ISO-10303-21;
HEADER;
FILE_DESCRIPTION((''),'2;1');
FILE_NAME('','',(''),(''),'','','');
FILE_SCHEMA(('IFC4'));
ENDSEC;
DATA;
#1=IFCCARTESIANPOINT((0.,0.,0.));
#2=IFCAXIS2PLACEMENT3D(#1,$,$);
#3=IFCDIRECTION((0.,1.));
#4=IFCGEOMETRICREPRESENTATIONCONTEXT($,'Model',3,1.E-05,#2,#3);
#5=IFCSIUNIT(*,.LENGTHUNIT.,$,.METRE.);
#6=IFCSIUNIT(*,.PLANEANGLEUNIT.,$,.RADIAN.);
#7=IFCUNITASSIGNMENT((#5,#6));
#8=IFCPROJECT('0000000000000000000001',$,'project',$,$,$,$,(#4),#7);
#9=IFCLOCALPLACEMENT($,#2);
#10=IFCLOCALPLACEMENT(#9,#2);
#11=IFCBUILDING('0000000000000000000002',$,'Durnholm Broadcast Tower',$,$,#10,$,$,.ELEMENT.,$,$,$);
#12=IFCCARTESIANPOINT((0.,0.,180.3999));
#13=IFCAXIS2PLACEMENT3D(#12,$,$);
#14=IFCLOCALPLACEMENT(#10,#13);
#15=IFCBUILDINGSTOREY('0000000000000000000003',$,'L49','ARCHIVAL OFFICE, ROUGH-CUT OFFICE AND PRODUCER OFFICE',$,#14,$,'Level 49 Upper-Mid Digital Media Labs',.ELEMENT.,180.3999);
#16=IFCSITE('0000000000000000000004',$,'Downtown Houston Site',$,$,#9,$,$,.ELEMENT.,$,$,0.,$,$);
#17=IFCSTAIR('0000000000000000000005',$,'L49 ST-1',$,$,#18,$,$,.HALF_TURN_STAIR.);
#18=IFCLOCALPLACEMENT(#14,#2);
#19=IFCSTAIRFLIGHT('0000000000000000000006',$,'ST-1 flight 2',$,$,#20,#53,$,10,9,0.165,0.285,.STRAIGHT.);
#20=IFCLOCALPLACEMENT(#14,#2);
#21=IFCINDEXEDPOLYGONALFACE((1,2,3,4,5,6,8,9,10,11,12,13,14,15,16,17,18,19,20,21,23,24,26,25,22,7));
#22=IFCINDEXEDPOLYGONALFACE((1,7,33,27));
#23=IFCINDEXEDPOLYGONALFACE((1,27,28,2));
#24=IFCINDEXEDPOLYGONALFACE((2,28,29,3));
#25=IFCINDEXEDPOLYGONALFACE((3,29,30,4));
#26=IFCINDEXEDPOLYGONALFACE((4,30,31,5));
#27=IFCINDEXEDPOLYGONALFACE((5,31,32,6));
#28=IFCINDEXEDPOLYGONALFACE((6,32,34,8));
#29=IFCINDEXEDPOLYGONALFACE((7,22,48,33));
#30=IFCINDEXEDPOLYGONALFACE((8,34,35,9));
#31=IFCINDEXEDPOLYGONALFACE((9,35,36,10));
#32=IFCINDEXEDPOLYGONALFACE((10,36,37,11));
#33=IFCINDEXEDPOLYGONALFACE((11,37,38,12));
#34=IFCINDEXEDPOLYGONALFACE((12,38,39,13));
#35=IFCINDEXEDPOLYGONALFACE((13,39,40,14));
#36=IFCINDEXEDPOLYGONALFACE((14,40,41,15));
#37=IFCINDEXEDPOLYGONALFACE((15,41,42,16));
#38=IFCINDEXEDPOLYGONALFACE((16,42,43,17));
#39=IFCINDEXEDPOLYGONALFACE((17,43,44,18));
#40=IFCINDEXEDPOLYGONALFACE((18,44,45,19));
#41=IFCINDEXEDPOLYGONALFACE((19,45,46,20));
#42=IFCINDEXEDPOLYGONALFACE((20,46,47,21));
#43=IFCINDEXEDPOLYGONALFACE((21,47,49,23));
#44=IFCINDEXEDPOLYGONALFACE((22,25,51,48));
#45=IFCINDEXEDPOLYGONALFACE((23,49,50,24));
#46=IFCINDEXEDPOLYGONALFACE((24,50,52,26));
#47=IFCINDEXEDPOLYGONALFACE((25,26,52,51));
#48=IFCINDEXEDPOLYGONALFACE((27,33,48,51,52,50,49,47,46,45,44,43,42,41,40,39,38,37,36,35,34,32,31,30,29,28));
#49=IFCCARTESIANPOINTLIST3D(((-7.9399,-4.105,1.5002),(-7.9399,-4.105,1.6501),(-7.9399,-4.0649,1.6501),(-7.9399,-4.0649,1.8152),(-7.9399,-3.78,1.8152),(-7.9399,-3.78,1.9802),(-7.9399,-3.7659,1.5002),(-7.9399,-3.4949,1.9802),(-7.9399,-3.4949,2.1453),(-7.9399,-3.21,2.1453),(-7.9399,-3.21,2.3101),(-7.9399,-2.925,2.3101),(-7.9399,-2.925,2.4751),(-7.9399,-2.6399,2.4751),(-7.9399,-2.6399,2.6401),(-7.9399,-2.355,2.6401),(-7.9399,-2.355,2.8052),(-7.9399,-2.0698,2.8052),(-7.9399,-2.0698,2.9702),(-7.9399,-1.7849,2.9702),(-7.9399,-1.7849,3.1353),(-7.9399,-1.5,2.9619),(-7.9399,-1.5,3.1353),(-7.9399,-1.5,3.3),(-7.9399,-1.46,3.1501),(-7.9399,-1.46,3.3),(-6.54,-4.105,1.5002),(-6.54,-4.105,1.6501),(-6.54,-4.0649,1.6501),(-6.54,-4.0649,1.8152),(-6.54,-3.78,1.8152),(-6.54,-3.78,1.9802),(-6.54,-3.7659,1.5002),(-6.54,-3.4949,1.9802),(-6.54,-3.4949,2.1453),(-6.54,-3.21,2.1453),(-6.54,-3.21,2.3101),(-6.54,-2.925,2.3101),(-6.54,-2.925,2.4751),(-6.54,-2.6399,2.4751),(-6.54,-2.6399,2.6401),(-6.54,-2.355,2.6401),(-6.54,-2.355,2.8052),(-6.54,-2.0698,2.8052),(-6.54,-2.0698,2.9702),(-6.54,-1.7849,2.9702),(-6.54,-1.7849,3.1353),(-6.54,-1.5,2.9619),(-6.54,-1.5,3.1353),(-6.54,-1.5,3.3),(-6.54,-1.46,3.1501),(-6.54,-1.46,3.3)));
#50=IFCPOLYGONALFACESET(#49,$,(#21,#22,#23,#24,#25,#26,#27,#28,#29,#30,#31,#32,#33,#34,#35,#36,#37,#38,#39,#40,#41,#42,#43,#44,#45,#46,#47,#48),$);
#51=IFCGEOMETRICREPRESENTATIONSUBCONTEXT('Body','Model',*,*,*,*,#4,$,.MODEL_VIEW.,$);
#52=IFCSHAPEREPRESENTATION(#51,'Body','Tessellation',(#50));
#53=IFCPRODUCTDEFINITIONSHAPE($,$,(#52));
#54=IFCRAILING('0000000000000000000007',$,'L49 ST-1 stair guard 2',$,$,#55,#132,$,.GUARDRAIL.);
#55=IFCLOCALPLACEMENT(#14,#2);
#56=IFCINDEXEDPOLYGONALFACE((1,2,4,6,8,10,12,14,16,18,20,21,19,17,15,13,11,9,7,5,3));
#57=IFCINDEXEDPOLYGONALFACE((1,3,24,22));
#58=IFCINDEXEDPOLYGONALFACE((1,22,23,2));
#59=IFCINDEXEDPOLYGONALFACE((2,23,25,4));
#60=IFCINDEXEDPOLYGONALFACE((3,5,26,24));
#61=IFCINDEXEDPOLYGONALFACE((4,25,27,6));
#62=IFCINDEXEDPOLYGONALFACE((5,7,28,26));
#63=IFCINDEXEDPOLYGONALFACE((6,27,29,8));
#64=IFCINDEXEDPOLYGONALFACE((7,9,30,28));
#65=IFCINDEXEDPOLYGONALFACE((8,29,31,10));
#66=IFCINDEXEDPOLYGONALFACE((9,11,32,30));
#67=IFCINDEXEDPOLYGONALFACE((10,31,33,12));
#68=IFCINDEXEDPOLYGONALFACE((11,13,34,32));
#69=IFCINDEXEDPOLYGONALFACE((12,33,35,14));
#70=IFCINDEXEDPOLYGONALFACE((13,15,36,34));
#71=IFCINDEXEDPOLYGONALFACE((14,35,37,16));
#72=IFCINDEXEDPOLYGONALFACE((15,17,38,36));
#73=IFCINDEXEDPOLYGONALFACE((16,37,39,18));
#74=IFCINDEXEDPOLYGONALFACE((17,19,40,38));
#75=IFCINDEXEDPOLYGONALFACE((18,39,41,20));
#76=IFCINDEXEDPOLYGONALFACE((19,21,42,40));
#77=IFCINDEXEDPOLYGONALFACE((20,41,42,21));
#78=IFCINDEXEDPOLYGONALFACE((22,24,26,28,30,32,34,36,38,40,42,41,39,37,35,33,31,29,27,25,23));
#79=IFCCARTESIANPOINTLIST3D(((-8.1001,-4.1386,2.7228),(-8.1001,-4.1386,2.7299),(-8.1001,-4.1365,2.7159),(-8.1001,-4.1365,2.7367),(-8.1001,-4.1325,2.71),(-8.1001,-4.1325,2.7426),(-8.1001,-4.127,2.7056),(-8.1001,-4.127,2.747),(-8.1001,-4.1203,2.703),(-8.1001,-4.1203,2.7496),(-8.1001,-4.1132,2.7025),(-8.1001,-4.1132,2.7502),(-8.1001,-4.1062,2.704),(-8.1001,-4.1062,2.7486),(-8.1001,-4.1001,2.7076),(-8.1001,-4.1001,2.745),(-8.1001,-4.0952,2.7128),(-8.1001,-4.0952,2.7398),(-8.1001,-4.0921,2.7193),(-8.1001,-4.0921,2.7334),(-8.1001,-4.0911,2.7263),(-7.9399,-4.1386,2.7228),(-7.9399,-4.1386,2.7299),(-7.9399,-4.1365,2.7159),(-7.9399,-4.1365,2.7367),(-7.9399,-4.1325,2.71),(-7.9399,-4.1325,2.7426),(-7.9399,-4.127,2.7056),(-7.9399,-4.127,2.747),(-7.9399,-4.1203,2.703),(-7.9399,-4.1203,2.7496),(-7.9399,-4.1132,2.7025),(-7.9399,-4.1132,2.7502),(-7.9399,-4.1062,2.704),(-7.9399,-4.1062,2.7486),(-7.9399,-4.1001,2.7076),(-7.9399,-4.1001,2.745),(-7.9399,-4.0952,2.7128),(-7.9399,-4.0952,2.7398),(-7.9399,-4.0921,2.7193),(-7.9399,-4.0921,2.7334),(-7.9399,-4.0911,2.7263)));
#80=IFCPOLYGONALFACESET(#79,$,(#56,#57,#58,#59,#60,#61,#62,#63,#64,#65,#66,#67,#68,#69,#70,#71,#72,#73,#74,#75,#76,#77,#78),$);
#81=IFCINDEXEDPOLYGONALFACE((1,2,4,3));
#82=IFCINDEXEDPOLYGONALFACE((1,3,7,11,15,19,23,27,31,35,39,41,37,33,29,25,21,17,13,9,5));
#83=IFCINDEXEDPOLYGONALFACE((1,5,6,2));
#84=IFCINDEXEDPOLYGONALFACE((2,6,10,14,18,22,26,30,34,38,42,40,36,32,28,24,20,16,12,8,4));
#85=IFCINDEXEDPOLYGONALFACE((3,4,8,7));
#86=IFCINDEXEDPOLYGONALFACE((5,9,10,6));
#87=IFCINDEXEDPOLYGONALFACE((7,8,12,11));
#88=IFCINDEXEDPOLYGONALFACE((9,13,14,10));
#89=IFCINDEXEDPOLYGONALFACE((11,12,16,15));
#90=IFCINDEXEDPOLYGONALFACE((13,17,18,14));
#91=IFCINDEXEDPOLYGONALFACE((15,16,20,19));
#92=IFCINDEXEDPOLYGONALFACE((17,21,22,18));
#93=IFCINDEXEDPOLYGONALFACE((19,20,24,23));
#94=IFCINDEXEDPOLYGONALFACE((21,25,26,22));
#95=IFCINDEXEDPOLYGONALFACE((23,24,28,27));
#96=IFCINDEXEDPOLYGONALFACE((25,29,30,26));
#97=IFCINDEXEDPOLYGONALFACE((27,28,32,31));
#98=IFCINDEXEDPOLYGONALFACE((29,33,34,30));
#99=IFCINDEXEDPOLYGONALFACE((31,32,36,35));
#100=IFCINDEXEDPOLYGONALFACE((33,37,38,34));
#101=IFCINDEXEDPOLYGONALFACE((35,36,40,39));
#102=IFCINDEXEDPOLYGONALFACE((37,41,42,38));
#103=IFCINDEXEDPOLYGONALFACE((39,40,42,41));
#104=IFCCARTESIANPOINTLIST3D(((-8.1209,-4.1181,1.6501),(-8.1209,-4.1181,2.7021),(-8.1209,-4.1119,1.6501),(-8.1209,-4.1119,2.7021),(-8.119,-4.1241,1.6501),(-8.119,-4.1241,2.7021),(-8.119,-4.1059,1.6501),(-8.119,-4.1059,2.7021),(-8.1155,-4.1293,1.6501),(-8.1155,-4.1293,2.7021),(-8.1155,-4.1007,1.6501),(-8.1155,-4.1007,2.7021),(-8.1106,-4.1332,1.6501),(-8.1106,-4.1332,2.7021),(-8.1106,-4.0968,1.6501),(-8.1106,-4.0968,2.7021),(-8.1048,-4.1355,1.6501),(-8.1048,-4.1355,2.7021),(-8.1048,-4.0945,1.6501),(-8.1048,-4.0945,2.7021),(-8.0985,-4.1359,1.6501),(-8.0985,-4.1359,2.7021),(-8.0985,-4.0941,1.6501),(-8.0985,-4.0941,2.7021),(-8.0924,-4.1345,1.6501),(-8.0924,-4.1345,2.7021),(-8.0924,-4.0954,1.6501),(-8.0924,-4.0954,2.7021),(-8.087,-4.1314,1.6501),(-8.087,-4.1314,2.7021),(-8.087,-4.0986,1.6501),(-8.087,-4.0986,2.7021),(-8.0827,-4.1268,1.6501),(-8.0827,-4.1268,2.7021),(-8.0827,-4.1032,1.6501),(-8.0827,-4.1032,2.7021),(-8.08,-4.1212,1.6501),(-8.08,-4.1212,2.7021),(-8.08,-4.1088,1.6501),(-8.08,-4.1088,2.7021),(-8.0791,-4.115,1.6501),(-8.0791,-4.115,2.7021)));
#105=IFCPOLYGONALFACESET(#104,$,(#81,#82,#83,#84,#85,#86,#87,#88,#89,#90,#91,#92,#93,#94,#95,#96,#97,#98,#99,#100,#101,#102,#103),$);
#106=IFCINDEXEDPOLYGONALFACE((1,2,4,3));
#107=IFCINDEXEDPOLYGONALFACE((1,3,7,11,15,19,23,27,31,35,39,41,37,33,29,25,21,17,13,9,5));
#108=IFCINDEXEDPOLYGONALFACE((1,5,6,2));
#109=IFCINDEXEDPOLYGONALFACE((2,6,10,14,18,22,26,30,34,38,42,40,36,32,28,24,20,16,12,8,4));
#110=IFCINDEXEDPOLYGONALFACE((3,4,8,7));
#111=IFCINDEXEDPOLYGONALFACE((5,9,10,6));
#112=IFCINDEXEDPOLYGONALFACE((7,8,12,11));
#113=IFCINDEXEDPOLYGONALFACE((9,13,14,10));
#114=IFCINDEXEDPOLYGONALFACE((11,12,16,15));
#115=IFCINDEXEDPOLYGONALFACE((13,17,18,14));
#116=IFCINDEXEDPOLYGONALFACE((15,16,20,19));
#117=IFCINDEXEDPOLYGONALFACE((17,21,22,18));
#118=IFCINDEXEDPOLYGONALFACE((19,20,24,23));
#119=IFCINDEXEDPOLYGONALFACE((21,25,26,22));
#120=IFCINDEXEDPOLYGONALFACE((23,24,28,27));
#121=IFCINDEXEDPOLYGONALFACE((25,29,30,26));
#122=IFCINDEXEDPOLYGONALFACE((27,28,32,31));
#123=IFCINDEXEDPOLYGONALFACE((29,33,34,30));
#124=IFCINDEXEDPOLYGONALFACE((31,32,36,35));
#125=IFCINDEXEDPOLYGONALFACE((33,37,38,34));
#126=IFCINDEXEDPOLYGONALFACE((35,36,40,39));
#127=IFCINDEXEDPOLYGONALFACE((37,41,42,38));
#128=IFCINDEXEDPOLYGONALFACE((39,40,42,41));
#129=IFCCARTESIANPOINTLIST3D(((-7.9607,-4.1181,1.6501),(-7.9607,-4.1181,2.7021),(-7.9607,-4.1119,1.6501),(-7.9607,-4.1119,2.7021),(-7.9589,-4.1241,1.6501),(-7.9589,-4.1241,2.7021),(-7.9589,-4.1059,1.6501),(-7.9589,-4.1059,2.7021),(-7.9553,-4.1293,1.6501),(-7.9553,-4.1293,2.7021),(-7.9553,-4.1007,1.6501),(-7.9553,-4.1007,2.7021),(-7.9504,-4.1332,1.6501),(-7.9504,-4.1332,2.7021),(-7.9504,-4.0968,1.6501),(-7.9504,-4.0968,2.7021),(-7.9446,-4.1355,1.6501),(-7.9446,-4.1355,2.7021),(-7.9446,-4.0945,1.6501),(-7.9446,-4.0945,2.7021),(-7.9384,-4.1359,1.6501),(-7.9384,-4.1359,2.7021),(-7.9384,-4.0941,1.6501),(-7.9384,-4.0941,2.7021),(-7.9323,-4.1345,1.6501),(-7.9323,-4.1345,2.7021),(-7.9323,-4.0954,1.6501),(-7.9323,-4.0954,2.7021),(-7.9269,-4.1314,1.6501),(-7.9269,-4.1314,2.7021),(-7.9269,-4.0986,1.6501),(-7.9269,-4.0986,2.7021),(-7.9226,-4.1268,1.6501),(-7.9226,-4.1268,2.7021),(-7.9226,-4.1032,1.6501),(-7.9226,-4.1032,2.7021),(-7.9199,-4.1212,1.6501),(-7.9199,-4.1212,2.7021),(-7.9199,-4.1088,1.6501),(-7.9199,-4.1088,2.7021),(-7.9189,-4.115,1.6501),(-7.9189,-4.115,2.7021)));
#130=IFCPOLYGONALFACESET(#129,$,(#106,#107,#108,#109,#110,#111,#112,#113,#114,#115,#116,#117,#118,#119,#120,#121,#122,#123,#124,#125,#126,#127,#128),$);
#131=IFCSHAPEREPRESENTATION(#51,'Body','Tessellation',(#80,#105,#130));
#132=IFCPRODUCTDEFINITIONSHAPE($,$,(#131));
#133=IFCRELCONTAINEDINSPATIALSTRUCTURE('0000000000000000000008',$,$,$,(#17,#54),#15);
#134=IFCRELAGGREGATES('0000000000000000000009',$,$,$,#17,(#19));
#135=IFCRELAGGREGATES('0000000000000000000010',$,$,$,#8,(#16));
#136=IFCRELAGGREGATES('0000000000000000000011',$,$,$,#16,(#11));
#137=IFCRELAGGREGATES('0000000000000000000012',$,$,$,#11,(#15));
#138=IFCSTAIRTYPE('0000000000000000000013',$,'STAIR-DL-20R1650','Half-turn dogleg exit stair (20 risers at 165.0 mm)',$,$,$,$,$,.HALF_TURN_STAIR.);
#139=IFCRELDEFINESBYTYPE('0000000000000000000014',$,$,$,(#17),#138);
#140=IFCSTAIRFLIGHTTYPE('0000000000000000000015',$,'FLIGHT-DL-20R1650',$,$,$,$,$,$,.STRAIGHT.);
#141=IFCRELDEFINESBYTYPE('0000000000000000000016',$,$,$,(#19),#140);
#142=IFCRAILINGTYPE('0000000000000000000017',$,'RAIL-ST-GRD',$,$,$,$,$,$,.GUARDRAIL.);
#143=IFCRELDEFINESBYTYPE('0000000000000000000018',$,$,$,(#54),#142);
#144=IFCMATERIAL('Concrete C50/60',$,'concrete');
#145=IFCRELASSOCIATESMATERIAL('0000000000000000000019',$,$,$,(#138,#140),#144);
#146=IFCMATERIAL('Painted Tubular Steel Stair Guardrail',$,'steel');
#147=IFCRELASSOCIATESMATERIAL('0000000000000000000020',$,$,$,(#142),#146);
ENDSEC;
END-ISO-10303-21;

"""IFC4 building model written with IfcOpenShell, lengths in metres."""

from ifc_helpers import new_model, si_unit, direction, frame, origin, origin_2d, place, context, subcontext, project, spatial, polyline, circle, outline, extrude, material, type_object, element, aggregate, save


model = new_model("IFC4")

# Units and contexts
model_context = context("Model", 3, precision=1e-05, world=origin(), true_north=direction((0.0, 1.0)))
body_context = subcontext(model_context, "Body", "Model", "MODEL_VIEW")
ifc_project = project(units=[si_unit("LENGTHUNIT", "METRE"), si_unit("PLANEANGLEUNIT", "RADIAN")], contexts=[model_context])

# Site, building, storey
site_placement = place(None, origin())
site = spatial("IfcSite", under=ifc_project, at=site_placement, Name="Downtown Houston Site", CompositionType="ELEMENT", RefElevation=0.0)
building_placement = place(site_placement, origin())
building = spatial("IfcBuilding", under=site, at=building_placement, Name="Durnholm Broadcast Tower", CompositionType="ELEMENT")
storey_placement = place(building_placement, frame((0.0, 0.0, 180.3999)))
storey = spatial("IfcBuildingStorey", under=building, at=storey_placement, Name="L49", Description="ARCHIVAL OFFICE, ROUGH-CUT OFFICE AND PRODUCER OFFICE", LongName="Level 49 Upper-Mid Digital Media Labs", CompositionType="ELEMENT", Elevation=180.3999)

# Shared definitions
ifc_material_1 = material(Name="Concrete C50/60", Category="concrete")

# Stair
stair_type = type_object("IfcStairType", Name="STAIR-DL-20R1650", Description="Half-turn dogleg exit stair (20 risers at 165.0 mm)", PredefinedType="HALF_TURN_STAIR", material=ifc_material_1)
stair_1_placement = place(storey_placement, origin())
stair_1 = element("IfcStair", 1, at=stair_1_placement, inside=storey, type_object=stair_type, Name="L49 ST-1", PredefinedType="HALF_TURN_STAIR")

# Stair flight
stair_flight_type = type_object("IfcStairFlightType", Name="FLIGHT-DL-20R1650", PredefinedType="STRAIGHT", material=ifc_material_1)
stair_flight_placement = place(storey_placement, frame((-7.24, -4.0649, 1.6501), z_axis=(0.0, 0.0, 1.0), x_axis=(0.0, 1.0, 0.0)))
stair_flight = element("IfcStairFlight", 2, at=stair_flight_placement, type_object=stair_flight_type, Name="ST-1 flight 2", NumberOfRisers=10, NumberOfTreads=9, PredefinedType="STRAIGHT", RiserHeight=0.165, TreadLength=0.285, context=body_context, shape_type="SweptSolid", body=[
    extrude(outline(polyline([(-0.04, -0.1499), (-0.04, 0.0), (0.0, 0.0), (0.0, 0.165), (0.2849, 0.165), (0.2849, 0.3301), (0.5701, 0.3301), (0.5701, 0.4951), (0.855, 0.4951), (0.855, 0.6599), (1.1399, 0.6599), (1.1399, 0.825), (1.425, 0.825), (1.425, 0.99), (1.71, 0.99), (1.71, 1.155), (1.9951, 1.155), (1.9951, 1.3201), (2.28, 1.3201), (2.28, 1.4851), (2.5649, 1.4851), (2.5649, 1.6499), (2.605, 1.6499), (2.605, 1.5), (2.5649, 1.3118), (0.2991, -0.1499), (-0.04, -0.1499)])), frame((0.0, 0.7, 0.0), z_axis=(0.0, -1.0, 0.0), x_axis=(1.0, 0.0, 0.0)), (0.0, 0.0, 1.0), 1.3999),
])
aggregate(stair_1, [stair_flight])

# Railing
ifc_material_2 = material(Name="Painted Tubular Steel Stair Guardrail", Category="steel")
railing_type_1 = type_object("IfcRailingType", Name="RAIL-ST-GRD", PredefinedType="GUARDRAIL", material=ifc_material_2)
railing_1_placement = place(storey_placement, frame((-8.1001, -4.115, 1.6501)))
element("IfcRailing", 3, at=railing_1_placement, inside=storey, type_object=railing_type_1, Name="L49 ST-1 stair guard 2", PredefinedType="GUARDRAIL", context=body_context, shape_type="SweptSolid", body=[
    extrude(circle(Radius=0.0239, at=origin_2d()), frame((0.0, 0.0, 1.0762), z_axis=(1.0, 0.0, 0.0), x_axis=(0.0, 1.0, 0.0)), (0.0, 0.0, 1.0), 0.1602),
    extrude(circle(Radius=0.021, at=origin_2d()), origin(), (0.0, 0.0, 1.0), 1.052),
    extrude(circle(Radius=0.021, at=origin_2d()), frame((0.1602, 0.0, 0.0)), (0.0, 0.0, 1.0), 1.052),
])

save(model, "model.ifc")
